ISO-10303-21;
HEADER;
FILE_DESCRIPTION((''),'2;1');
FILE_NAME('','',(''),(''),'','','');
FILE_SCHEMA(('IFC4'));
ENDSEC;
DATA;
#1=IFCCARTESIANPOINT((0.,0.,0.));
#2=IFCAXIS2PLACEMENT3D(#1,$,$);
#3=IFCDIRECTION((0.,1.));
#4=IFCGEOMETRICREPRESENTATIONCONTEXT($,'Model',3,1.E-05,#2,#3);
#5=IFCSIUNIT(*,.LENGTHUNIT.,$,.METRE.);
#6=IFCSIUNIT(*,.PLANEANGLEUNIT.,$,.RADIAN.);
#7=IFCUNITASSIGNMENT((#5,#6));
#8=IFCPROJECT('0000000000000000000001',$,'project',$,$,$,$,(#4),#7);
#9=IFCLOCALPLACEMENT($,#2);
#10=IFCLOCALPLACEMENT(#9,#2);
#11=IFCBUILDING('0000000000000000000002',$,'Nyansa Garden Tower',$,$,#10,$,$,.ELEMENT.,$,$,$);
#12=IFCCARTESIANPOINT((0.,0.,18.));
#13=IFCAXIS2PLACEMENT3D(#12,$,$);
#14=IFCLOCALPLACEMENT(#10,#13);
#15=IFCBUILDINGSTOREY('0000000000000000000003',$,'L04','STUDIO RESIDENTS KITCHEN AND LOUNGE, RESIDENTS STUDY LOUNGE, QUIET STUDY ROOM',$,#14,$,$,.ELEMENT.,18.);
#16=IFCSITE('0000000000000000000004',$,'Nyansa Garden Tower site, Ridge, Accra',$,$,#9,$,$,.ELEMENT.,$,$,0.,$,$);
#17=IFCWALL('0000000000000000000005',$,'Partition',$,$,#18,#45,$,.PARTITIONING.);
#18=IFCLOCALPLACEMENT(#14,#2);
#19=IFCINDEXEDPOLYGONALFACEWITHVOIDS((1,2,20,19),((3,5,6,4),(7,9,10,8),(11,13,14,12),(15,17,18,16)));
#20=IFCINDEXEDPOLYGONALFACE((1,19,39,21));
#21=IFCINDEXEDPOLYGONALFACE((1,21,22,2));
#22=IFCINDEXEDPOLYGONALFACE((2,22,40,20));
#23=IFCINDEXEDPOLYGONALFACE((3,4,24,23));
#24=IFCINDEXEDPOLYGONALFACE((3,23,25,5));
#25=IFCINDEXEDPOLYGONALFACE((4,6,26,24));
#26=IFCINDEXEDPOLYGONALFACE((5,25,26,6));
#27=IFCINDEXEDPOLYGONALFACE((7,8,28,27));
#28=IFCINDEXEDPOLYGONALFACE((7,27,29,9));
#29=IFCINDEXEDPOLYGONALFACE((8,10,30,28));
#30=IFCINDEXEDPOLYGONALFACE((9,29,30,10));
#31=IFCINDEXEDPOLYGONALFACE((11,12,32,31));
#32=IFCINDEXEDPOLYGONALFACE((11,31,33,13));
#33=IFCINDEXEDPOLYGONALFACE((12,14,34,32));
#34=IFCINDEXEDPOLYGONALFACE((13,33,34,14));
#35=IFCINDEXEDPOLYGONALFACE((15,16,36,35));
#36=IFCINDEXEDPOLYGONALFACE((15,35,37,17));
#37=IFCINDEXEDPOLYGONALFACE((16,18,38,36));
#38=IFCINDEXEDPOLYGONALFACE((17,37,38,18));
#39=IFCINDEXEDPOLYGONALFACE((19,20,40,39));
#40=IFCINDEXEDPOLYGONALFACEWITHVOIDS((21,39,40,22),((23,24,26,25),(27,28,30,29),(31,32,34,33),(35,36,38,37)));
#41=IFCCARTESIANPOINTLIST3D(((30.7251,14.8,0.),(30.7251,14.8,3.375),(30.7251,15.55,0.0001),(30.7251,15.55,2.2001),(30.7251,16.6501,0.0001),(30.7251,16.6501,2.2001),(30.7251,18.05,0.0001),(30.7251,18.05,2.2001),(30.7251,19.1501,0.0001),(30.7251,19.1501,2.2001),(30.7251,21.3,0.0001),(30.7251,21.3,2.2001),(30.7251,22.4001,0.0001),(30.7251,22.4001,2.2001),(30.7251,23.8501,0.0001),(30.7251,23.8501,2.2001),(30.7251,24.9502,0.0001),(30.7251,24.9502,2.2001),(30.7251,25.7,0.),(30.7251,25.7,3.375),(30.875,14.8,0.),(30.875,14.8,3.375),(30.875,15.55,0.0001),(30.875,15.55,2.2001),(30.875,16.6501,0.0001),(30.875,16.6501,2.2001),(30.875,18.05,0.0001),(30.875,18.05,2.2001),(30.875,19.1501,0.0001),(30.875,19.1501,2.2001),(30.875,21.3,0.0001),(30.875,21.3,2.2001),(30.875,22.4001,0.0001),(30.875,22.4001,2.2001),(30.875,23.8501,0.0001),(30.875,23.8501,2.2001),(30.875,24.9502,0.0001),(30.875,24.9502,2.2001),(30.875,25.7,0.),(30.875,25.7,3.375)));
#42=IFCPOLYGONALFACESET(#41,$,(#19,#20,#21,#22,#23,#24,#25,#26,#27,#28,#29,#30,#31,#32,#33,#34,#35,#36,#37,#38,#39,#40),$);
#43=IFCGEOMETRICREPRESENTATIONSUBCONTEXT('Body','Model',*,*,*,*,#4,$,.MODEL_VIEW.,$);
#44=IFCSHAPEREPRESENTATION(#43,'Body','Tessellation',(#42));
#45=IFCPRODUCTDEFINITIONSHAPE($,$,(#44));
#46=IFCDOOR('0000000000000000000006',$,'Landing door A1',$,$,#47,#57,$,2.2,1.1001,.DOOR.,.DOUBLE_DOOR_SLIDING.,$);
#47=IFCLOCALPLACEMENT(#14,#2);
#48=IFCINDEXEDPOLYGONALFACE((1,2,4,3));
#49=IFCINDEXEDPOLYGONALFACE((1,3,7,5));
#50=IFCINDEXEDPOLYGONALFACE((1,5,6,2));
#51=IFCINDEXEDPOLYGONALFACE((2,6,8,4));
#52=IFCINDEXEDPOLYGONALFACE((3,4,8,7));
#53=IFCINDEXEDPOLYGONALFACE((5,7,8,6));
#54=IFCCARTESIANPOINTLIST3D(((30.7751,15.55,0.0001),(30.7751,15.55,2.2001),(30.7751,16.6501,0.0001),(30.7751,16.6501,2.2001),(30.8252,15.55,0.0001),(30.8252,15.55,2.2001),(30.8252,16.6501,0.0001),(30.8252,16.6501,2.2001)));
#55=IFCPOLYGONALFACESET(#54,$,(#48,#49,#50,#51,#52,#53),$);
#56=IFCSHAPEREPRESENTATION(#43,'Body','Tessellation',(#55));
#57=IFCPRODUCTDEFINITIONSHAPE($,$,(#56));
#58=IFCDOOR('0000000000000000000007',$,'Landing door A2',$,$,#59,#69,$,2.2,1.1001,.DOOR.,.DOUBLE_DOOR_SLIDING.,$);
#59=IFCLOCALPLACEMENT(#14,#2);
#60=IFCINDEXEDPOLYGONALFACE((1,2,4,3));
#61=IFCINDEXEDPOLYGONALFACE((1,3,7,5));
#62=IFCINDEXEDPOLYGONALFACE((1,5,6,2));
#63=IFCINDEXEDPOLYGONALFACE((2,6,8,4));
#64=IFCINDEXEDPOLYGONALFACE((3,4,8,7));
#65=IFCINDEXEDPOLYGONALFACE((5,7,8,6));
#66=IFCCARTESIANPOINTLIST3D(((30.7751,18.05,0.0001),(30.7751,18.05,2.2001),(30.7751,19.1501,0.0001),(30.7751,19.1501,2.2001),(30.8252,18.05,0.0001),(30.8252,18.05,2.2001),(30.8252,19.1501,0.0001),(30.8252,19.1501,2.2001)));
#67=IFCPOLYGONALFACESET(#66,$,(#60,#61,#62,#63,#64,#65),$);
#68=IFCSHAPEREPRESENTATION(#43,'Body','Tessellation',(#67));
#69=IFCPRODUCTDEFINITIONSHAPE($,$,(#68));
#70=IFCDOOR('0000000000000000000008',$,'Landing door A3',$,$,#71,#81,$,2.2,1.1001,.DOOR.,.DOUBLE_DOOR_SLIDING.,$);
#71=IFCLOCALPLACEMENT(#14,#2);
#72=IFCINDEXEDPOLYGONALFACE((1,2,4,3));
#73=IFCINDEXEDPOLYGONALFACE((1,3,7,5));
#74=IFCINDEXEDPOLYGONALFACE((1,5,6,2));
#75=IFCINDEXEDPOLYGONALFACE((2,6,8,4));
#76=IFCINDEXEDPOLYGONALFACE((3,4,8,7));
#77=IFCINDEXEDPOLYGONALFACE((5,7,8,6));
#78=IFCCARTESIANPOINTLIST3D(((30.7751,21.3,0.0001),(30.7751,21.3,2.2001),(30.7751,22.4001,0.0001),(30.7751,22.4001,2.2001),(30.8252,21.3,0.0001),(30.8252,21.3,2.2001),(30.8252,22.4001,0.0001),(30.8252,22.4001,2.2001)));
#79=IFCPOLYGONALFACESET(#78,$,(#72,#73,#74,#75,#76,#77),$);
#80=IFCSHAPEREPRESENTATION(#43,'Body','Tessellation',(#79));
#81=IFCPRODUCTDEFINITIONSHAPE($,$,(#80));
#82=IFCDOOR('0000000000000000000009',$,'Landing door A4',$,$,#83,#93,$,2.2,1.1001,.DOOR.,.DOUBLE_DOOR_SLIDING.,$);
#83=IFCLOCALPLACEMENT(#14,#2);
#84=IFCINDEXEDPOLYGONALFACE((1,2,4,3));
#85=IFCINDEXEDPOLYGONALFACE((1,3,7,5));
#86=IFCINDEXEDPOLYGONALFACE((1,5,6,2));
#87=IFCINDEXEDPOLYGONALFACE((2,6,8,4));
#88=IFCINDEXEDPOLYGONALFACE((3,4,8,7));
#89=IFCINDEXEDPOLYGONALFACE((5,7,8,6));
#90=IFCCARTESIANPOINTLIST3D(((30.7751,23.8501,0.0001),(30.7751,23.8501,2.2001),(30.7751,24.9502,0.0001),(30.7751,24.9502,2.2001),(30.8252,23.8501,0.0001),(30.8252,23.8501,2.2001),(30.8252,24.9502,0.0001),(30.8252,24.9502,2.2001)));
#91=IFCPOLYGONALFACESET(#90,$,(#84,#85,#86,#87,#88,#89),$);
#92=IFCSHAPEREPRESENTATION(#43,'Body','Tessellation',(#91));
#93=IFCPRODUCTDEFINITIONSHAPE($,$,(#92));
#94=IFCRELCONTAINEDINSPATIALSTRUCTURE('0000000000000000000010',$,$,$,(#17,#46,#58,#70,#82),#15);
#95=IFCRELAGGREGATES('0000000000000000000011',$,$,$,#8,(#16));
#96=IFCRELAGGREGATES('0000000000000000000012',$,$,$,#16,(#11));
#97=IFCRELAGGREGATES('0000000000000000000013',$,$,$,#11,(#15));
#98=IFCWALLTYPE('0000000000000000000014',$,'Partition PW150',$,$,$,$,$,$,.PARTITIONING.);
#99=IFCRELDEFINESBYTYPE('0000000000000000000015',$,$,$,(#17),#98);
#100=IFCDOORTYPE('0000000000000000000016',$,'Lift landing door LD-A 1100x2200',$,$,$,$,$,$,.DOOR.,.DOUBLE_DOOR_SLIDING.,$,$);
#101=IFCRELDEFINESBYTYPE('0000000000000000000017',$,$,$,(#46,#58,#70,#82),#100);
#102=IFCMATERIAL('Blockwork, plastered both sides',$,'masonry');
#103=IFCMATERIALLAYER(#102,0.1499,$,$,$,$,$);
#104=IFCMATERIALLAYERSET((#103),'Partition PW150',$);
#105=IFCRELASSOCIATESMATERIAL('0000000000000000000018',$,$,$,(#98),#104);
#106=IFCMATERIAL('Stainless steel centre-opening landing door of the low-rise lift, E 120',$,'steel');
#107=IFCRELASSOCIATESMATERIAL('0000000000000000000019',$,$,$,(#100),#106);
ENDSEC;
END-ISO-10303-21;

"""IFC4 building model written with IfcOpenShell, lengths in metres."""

from ifc_helpers import new_model, si_unit, direction, frame, frame_2d, origin, place, context, subcontext, project, spatial, rectangle, extrude, material, layer, layer_set, type_object, element, fill, save


model = new_model("IFC4")

# Units and contexts
model_context = context("Model", 3, precision=1e-05, world=origin(), true_north=direction((0.0, 1.0)))
body_context = subcontext(model_context, "Body", "Model", "MODEL_VIEW")
ifc_project = project(units=[si_unit("LENGTHUNIT", "METRE"), si_unit("PLANEANGLEUNIT", "RADIAN")], contexts=[model_context])

# Site, building, storey
site_placement = place(None, origin())
site = spatial("IfcSite", under=ifc_project, at=site_placement, Name="Nyansa Garden Tower site, Ridge, Accra", CompositionType="ELEMENT", RefElevation=0.0)
building_placement = place(site_placement, origin())
building = spatial("IfcBuilding", under=site, at=building_placement, Name="Nyansa Garden Tower", CompositionType="ELEMENT")
storey_placement = place(building_placement, frame((0.0, 0.0, 18.0)))
storey = spatial("IfcBuildingStorey", under=building, at=storey_placement, Name="L04", Description="STUDIO RESIDENTS KITCHEN AND LOUNGE, RESIDENTS STUDY LOUNGE, QUIET STUDY ROOM", CompositionType="ELEMENT", Elevation=18.0)

# Shared definitions
ifc_material_1 = material(Name="Blockwork, plastered both sides", Category="masonry")
ifc_layer_1 = layer(ifc_material_1, 0.1499)
ifc_layer_set_1 = layer_set([ifc_layer_1], Name="Partition PW150")
wall_type_1 = type_object("IfcWallType", Name="Partition PW150", PredefinedType="PARTITIONING", material=ifc_layer_set_1)

# Wall, openings, doors
wall_1_placement = place(storey_placement, frame((30.8, 14.8, 0.0), z_axis=(0.0, 0.0, 1.0), x_axis=(0.0, 1.0, 0.0)))
wall_1 = element("IfcWall", 1, at=wall_1_placement, inside=storey, type_object=wall_type_1, Name="Partition", PredefinedType="PARTITIONING", context=body_context, shape_type="SweptSolid", body=[
    extrude(rectangle(XDim=10.8999, YDim=0.1499, at=frame_2d((5.45, 0.0))), origin(), (0.0, 0.0, 1.0), 3.375),
])
opening_1_placement = place(wall_1_placement, frame((0.75, 0.0, 0.0)))
opening_1 = element("IfcOpeningElement", 2, at=opening_1_placement, cuts=wall_1, PredefinedType="OPENING", context=body_context, shape_type="SweptSolid", body=[
    extrude(rectangle(XDim=1.1001, YDim=2.2, at=frame_2d((0.55, 1.1001))), frame((0.0, 0.085, 0.0), z_axis=(0.0, -1.0, 0.0), x_axis=(1.0, 0.0, 0.0)), (0.0, 0.0, 1.0), 0.1699),
])
opening_2_placement = place(wall_1_placement, frame((3.25, 0.0, 0.0)))
opening_2 = element("IfcOpeningElement", 3, at=opening_2_placement, cuts=wall_1, PredefinedType="OPENING", context=body_context, shape_type="SweptSolid", body=[
    extrude(rectangle(XDim=1.1001, YDim=2.2, at=frame_2d((0.55, 1.1001))), frame((0.0, 0.085, 0.0), z_axis=(0.0, -1.0, 0.0), x_axis=(1.0, 0.0, 0.0)), (0.0, 0.0, 1.0), 0.1699),
])
opening_3_placement = place(wall_1_placement, frame((6.5, 0.0, 0.0)))
opening_3 = element("IfcOpeningElement", 4, at=opening_3_placement, cuts=wall_1, PredefinedType="OPENING", context=body_context, shape_type="SweptSolid", body=[
    extrude(rectangle(XDim=1.1001, YDim=2.2, at=frame_2d((0.55, 1.1001))), frame((0.0, 0.085, 0.0), z_axis=(0.0, -1.0, 0.0), x_axis=(1.0, 0.0, 0.0)), (0.0, 0.0, 1.0), 0.1699),
])
opening_4_placement = place(wall_1_placement, frame((9.05, 0.0, 0.0)))
opening_4 = element("IfcOpeningElement", 5, at=opening_4_placement, cuts=wall_1, PredefinedType="OPENING", context=body_context, shape_type="SweptSolid", body=[
    extrude(rectangle(XDim=1.1001, YDim=2.2, at=frame_2d((0.55, 1.1001))), frame((0.0, 0.085, 0.0), z_axis=(0.0, -1.0, 0.0), x_axis=(1.0, 0.0, 0.0)), (0.0, 0.0, 1.0), 0.1699),
])
ifc_material_2 = material(Name="Stainless steel centre-opening landing door of the low-rise lift, E 120", Category="steel")
door_type_1 = type_object("IfcDoorType", Name="Lift landing door LD-A 1100x2200", OperationType="DOUBLE_DOOR_SLIDING", PredefinedType="DOOR", material=ifc_material_2)
door_1_placement = place(opening_1_placement, origin())
door_1 = element("IfcDoor", 6, at=door_1_placement, inside=storey, type_object=door_type_1, Name="Landing door A1", OperationType="DOUBLE_DOOR_SLIDING", OverallHeight=2.2, OverallWidth=1.1001, PredefinedType="DOOR", context=body_context, shape_type="SweptSolid", body=[
    extrude(rectangle(XDim=1.1001, YDim=2.2, at=frame_2d((0.55, 1.1001))), frame((0.0, 0.0249, 0.0), z_axis=(0.0, -1.0, 0.0), x_axis=(1.0, 0.0, 0.0)), (0.0, 0.0, 1.0), 0.05),
])
fill(opening_1, door_1)
door_2_placement = place(opening_2_placement, origin())
door_2 = element("IfcDoor", 7, at=door_2_placement, inside=storey, type_object=door_type_1, Name="Landing door A2", OperationType="DOUBLE_DOOR_SLIDING", OverallHeight=2.2, OverallWidth=1.1001, PredefinedType="DOOR", context=body_context, shape_type="SweptSolid", body=[
    extrude(rectangle(XDim=1.1001, YDim=2.2, at=frame_2d((0.55, 1.1001))), frame((0.0, 0.0249, 0.0), z_axis=(0.0, -1.0, 0.0), x_axis=(1.0, 0.0, 0.0)), (0.0, 0.0, 1.0), 0.05),
])
fill(opening_2, door_2)
door_3_placement = place(opening_3_placement, origin())
door_3 = element("IfcDoor", 8, at=door_3_placement, inside=storey, type_object=door_type_1, Name="Landing door A3", OperationType="DOUBLE_DOOR_SLIDING", OverallHeight=2.2, OverallWidth=1.1001, PredefinedType="DOOR", context=body_context, shape_type="SweptSolid", body=[
    extrude(rectangle(XDim=1.1001, YDim=2.2, at=frame_2d((0.55, 1.1001))), frame((0.0, 0.0249, 0.0), z_axis=(0.0, -1.0, 0.0), x_axis=(1.0, 0.0, 0.0)), (0.0, 0.0, 1.0), 0.05),
])
fill(opening_3, door_3)
door_4_placement = place(opening_4_placement, origin())
door_4 = element("IfcDoor", 9, at=door_4_placement, inside=storey, type_object=door_type_1, Name="Landing door A4", OperationType="DOUBLE_DOOR_SLIDING", OverallHeight=2.2, OverallWidth=1.1001, PredefinedType="DOOR", context=body_context, shape_type="SweptSolid", body=[
    extrude(rectangle(XDim=1.1001, YDim=2.2, at=frame_2d((0.55, 1.1001))), frame((0.0, 0.0249, 0.0), z_axis=(0.0, -1.0, 0.0), x_axis=(1.0, 0.0, 0.0)), (0.0, 0.0, 1.0), 0.05),
])
fill(opening_4, door_4)

save(model, "model.ifc")
